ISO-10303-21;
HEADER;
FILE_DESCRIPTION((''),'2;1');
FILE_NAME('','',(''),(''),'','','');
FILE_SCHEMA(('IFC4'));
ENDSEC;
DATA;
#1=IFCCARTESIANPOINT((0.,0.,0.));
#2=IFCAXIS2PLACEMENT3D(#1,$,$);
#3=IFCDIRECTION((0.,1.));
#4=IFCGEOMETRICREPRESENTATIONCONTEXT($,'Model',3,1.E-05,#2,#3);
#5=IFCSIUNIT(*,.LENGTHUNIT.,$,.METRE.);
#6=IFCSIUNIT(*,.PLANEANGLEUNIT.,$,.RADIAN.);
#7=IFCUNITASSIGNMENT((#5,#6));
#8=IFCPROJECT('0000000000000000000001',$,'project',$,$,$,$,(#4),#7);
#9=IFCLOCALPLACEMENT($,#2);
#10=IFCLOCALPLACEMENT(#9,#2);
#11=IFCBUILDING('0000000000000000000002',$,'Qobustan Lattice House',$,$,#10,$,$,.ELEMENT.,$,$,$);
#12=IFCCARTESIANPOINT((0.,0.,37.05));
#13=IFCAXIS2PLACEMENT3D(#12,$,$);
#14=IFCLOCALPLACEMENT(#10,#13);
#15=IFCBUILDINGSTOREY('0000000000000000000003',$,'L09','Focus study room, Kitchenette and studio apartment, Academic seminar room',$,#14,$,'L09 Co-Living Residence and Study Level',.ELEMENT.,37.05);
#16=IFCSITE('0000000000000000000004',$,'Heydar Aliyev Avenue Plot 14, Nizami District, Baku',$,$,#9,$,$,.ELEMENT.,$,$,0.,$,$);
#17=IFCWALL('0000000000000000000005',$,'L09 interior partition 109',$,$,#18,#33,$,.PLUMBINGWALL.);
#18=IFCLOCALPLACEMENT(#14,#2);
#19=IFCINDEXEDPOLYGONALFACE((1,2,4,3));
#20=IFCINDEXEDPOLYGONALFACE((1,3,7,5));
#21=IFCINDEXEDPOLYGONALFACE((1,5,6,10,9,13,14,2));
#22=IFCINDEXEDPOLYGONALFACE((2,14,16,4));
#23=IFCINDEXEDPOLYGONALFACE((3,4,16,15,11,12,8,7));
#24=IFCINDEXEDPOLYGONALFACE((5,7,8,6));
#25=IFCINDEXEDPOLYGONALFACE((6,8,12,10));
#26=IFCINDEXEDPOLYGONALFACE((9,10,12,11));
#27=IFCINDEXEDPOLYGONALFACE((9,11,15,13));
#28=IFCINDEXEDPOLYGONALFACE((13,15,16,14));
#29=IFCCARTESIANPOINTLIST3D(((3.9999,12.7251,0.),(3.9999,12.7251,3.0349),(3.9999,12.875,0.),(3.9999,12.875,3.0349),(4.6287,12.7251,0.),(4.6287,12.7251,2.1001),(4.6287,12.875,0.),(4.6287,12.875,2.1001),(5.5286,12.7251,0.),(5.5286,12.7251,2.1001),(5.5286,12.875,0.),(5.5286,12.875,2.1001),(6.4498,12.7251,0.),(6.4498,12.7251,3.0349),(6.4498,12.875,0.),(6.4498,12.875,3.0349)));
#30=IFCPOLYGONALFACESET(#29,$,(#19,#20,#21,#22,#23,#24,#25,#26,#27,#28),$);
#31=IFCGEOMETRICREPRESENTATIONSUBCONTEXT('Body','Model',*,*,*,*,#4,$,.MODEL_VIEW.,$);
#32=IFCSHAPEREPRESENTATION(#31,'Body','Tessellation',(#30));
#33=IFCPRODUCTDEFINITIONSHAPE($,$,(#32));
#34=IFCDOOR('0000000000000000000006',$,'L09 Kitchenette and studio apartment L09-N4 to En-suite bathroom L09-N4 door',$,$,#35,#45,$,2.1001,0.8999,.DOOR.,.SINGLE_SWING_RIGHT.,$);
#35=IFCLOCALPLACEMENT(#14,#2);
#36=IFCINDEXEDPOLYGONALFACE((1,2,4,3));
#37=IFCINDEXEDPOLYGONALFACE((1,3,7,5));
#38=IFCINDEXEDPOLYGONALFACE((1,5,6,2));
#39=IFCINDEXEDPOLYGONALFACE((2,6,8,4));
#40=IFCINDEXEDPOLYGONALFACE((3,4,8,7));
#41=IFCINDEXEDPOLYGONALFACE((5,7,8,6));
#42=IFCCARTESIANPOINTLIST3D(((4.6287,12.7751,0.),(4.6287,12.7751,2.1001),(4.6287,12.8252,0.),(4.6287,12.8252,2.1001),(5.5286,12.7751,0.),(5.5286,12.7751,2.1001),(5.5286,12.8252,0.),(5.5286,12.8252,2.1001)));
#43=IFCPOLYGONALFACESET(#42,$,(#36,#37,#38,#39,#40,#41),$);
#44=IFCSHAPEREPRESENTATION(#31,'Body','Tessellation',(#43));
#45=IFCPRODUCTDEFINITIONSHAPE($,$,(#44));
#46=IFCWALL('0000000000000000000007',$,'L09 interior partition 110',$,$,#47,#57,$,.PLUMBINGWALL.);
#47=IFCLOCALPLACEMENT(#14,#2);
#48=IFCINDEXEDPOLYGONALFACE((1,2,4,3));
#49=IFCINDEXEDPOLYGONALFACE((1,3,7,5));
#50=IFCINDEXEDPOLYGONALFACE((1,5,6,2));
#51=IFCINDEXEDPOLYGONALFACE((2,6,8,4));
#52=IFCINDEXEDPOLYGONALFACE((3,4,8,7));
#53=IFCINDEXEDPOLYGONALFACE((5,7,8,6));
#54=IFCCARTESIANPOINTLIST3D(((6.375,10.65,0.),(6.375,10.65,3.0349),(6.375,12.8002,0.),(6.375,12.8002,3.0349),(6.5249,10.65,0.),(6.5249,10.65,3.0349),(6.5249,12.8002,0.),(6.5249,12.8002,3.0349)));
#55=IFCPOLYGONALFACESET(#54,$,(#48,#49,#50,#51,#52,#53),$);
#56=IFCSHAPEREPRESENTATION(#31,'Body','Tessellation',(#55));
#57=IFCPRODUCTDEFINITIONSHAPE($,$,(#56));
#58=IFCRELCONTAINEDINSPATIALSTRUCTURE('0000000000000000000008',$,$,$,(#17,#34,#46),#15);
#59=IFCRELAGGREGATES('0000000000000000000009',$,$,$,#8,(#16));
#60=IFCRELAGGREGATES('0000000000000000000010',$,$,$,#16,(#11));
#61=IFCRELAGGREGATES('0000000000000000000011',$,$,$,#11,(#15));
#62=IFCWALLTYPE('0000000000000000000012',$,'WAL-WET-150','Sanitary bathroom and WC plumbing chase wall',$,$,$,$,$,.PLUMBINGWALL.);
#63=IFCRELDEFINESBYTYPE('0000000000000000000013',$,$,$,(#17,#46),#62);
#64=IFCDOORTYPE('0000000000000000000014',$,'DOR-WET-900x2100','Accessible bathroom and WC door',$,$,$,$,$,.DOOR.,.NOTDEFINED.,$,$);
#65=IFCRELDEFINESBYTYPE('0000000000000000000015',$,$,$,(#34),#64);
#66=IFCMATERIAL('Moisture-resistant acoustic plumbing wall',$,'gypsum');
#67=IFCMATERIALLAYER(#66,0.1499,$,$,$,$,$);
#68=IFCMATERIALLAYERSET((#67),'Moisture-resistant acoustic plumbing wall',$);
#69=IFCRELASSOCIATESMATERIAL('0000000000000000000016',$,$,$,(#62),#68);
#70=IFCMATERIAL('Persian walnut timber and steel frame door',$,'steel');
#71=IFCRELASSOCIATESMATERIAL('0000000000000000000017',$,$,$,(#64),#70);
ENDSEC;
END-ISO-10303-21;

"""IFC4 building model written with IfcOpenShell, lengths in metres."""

from ifc_helpers import new_model, si_unit, direction, frame, frame_2d, origin, place, context, subcontext, project, spatial, rectangle, extrude, material, layer, layer_set, type_object, element, fill, save


model = new_model("IFC4")

# Units and contexts
model_context = context("Model", 3, precision=1e-05, world=origin(), true_north=direction((0.0, 1.0)))
body_context = subcontext(model_context, "Body", "Model", "MODEL_VIEW")
ifc_project = project(units=[si_unit("LENGTHUNIT", "METRE"), si_unit("PLANEANGLEUNIT", "RADIAN")], contexts=[model_context])

# Site, building, storey
site_placement = place(None, origin())
site = spatial("IfcSite", under=ifc_project, at=site_placement, Name="Heydar Aliyev Avenue Plot 14, Nizami District, Baku", CompositionType="ELEMENT", RefElevation=0.0)
building_placement = place(site_placement, origin())
building = spatial("IfcBuilding", under=site, at=building_placement, Name="Qobustan Lattice House", CompositionType="ELEMENT")
storey_placement = place(building_placement, frame((0.0, 0.0, 37.05)))
storey = spatial("IfcBuildingStorey", under=building, at=storey_placement, Name="L09", Description="Focus study room, Kitchenette and studio apartment, Academic seminar room", LongName="L09 Co-Living Residence and Study Level", CompositionType="ELEMENT", Elevation=37.05)

# Shared definitions
ifc_material_1 = material(Name="Moisture-resistant acoustic plumbing wall", Category="gypsum")
ifc_layer_1 = layer(ifc_material_1, 0.1499)
ifc_layer_set_1 = layer_set([ifc_layer_1], Name="Moisture-resistant acoustic plumbing wall")
wall_type_1 = type_object("IfcWallType", Name="WAL-WET-150", Description="Sanitary bathroom and WC plumbing chase wall", PredefinedType="PLUMBINGWALL", material=ifc_layer_set_1)

# Wall, opening, door
wall_1_placement = place(storey_placement, frame((6.45, 12.8, 0.0), z_axis=(0.0, 0.0, 1.0), x_axis=(-1.0, 0.0, 0.0)))
wall_1 = element("IfcWall", 1, at=wall_1_placement, inside=storey, type_object=wall_type_1, Name="L09 interior partition 109", PredefinedType="PLUMBINGWALL", context=body_context, shape_type="SweptSolid", body=[
    extrude(rectangle(XDim=2.45, YDim=0.1499, at=frame_2d((1.2251, 0.0))), origin(), (0.0, 0.0, 1.0), 3.0349),
])
opening_1_placement = place(wall_1_placement, frame((0.9214, 0.0, 0.0)))
opening_1 = element("IfcOpeningElement", 2, at=opening_1_placement, cuts=wall_1, PredefinedType="OPENING", context=body_context, shape_type="SweptSolid", body=[
    extrude(rectangle(XDim=0.8999, YDim=2.1001, at=frame_2d((0.45, 1.05))), frame((0.0, 0.085, 0.0), z_axis=(0.0, -1.0, 0.0), x_axis=(1.0, 0.0, 0.0)), (0.0, 0.0, 1.0), 0.1699),
])
ifc_material_2 = material(Name="Persian walnut timber and steel frame door", Category="steel")
door_type_1 = type_object("IfcDoorType", Name="DOR-WET-900x2100", Description="Accessible bathroom and WC door", OperationType="NOTDEFINED", PredefinedType="DOOR", material=ifc_material_2)
door_1_placement = place(opening_1_placement, origin())
door_1 = element("IfcDoor", 3, at=door_1_placement, inside=storey, type_object=door_type_1, Name="L09 Kitchenette and studio apartment L09-N4 to En-suite bathroom L09-N4 door", OperationType="SINGLE_SWING_RIGHT", OverallHeight=2.1001, OverallWidth=0.8999, PredefinedType="DOOR", context=body_context, shape_type="SweptSolid", body=[
    extrude(rectangle(XDim=0.8999, YDim=2.1001, at=frame_2d((0.45, 1.05))), frame((0.0, 0.0249, 0.0), z_axis=(0.0, -1.0, 0.0), x_axis=(1.0, 0.0, 0.0)), (0.0, 0.0, 1.0), 0.05),
])
fill(opening_1, door_1)

# Wall
wall_2_placement = place(storey_placement, frame((6.45, 10.6499, 0.0), z_axis=(0.0, 0.0, 1.0), x_axis=(0.0, 1.0, 0.0)))
element("IfcWall", 4, at=wall_2_placement, inside=storey, type_object=wall_type_1, Name="L09 interior partition 110", PredefinedType="PLUMBINGWALL", context=body_context, shape_type="SweptSolid", body=[
    extrude(rectangle(XDim=2.1501, YDim=0.1499, at=frame_2d((1.0752, 0.0))), origin(), (0.0, 0.0, 1.0), 3.0349),
])

save(model, "model.ifc")
